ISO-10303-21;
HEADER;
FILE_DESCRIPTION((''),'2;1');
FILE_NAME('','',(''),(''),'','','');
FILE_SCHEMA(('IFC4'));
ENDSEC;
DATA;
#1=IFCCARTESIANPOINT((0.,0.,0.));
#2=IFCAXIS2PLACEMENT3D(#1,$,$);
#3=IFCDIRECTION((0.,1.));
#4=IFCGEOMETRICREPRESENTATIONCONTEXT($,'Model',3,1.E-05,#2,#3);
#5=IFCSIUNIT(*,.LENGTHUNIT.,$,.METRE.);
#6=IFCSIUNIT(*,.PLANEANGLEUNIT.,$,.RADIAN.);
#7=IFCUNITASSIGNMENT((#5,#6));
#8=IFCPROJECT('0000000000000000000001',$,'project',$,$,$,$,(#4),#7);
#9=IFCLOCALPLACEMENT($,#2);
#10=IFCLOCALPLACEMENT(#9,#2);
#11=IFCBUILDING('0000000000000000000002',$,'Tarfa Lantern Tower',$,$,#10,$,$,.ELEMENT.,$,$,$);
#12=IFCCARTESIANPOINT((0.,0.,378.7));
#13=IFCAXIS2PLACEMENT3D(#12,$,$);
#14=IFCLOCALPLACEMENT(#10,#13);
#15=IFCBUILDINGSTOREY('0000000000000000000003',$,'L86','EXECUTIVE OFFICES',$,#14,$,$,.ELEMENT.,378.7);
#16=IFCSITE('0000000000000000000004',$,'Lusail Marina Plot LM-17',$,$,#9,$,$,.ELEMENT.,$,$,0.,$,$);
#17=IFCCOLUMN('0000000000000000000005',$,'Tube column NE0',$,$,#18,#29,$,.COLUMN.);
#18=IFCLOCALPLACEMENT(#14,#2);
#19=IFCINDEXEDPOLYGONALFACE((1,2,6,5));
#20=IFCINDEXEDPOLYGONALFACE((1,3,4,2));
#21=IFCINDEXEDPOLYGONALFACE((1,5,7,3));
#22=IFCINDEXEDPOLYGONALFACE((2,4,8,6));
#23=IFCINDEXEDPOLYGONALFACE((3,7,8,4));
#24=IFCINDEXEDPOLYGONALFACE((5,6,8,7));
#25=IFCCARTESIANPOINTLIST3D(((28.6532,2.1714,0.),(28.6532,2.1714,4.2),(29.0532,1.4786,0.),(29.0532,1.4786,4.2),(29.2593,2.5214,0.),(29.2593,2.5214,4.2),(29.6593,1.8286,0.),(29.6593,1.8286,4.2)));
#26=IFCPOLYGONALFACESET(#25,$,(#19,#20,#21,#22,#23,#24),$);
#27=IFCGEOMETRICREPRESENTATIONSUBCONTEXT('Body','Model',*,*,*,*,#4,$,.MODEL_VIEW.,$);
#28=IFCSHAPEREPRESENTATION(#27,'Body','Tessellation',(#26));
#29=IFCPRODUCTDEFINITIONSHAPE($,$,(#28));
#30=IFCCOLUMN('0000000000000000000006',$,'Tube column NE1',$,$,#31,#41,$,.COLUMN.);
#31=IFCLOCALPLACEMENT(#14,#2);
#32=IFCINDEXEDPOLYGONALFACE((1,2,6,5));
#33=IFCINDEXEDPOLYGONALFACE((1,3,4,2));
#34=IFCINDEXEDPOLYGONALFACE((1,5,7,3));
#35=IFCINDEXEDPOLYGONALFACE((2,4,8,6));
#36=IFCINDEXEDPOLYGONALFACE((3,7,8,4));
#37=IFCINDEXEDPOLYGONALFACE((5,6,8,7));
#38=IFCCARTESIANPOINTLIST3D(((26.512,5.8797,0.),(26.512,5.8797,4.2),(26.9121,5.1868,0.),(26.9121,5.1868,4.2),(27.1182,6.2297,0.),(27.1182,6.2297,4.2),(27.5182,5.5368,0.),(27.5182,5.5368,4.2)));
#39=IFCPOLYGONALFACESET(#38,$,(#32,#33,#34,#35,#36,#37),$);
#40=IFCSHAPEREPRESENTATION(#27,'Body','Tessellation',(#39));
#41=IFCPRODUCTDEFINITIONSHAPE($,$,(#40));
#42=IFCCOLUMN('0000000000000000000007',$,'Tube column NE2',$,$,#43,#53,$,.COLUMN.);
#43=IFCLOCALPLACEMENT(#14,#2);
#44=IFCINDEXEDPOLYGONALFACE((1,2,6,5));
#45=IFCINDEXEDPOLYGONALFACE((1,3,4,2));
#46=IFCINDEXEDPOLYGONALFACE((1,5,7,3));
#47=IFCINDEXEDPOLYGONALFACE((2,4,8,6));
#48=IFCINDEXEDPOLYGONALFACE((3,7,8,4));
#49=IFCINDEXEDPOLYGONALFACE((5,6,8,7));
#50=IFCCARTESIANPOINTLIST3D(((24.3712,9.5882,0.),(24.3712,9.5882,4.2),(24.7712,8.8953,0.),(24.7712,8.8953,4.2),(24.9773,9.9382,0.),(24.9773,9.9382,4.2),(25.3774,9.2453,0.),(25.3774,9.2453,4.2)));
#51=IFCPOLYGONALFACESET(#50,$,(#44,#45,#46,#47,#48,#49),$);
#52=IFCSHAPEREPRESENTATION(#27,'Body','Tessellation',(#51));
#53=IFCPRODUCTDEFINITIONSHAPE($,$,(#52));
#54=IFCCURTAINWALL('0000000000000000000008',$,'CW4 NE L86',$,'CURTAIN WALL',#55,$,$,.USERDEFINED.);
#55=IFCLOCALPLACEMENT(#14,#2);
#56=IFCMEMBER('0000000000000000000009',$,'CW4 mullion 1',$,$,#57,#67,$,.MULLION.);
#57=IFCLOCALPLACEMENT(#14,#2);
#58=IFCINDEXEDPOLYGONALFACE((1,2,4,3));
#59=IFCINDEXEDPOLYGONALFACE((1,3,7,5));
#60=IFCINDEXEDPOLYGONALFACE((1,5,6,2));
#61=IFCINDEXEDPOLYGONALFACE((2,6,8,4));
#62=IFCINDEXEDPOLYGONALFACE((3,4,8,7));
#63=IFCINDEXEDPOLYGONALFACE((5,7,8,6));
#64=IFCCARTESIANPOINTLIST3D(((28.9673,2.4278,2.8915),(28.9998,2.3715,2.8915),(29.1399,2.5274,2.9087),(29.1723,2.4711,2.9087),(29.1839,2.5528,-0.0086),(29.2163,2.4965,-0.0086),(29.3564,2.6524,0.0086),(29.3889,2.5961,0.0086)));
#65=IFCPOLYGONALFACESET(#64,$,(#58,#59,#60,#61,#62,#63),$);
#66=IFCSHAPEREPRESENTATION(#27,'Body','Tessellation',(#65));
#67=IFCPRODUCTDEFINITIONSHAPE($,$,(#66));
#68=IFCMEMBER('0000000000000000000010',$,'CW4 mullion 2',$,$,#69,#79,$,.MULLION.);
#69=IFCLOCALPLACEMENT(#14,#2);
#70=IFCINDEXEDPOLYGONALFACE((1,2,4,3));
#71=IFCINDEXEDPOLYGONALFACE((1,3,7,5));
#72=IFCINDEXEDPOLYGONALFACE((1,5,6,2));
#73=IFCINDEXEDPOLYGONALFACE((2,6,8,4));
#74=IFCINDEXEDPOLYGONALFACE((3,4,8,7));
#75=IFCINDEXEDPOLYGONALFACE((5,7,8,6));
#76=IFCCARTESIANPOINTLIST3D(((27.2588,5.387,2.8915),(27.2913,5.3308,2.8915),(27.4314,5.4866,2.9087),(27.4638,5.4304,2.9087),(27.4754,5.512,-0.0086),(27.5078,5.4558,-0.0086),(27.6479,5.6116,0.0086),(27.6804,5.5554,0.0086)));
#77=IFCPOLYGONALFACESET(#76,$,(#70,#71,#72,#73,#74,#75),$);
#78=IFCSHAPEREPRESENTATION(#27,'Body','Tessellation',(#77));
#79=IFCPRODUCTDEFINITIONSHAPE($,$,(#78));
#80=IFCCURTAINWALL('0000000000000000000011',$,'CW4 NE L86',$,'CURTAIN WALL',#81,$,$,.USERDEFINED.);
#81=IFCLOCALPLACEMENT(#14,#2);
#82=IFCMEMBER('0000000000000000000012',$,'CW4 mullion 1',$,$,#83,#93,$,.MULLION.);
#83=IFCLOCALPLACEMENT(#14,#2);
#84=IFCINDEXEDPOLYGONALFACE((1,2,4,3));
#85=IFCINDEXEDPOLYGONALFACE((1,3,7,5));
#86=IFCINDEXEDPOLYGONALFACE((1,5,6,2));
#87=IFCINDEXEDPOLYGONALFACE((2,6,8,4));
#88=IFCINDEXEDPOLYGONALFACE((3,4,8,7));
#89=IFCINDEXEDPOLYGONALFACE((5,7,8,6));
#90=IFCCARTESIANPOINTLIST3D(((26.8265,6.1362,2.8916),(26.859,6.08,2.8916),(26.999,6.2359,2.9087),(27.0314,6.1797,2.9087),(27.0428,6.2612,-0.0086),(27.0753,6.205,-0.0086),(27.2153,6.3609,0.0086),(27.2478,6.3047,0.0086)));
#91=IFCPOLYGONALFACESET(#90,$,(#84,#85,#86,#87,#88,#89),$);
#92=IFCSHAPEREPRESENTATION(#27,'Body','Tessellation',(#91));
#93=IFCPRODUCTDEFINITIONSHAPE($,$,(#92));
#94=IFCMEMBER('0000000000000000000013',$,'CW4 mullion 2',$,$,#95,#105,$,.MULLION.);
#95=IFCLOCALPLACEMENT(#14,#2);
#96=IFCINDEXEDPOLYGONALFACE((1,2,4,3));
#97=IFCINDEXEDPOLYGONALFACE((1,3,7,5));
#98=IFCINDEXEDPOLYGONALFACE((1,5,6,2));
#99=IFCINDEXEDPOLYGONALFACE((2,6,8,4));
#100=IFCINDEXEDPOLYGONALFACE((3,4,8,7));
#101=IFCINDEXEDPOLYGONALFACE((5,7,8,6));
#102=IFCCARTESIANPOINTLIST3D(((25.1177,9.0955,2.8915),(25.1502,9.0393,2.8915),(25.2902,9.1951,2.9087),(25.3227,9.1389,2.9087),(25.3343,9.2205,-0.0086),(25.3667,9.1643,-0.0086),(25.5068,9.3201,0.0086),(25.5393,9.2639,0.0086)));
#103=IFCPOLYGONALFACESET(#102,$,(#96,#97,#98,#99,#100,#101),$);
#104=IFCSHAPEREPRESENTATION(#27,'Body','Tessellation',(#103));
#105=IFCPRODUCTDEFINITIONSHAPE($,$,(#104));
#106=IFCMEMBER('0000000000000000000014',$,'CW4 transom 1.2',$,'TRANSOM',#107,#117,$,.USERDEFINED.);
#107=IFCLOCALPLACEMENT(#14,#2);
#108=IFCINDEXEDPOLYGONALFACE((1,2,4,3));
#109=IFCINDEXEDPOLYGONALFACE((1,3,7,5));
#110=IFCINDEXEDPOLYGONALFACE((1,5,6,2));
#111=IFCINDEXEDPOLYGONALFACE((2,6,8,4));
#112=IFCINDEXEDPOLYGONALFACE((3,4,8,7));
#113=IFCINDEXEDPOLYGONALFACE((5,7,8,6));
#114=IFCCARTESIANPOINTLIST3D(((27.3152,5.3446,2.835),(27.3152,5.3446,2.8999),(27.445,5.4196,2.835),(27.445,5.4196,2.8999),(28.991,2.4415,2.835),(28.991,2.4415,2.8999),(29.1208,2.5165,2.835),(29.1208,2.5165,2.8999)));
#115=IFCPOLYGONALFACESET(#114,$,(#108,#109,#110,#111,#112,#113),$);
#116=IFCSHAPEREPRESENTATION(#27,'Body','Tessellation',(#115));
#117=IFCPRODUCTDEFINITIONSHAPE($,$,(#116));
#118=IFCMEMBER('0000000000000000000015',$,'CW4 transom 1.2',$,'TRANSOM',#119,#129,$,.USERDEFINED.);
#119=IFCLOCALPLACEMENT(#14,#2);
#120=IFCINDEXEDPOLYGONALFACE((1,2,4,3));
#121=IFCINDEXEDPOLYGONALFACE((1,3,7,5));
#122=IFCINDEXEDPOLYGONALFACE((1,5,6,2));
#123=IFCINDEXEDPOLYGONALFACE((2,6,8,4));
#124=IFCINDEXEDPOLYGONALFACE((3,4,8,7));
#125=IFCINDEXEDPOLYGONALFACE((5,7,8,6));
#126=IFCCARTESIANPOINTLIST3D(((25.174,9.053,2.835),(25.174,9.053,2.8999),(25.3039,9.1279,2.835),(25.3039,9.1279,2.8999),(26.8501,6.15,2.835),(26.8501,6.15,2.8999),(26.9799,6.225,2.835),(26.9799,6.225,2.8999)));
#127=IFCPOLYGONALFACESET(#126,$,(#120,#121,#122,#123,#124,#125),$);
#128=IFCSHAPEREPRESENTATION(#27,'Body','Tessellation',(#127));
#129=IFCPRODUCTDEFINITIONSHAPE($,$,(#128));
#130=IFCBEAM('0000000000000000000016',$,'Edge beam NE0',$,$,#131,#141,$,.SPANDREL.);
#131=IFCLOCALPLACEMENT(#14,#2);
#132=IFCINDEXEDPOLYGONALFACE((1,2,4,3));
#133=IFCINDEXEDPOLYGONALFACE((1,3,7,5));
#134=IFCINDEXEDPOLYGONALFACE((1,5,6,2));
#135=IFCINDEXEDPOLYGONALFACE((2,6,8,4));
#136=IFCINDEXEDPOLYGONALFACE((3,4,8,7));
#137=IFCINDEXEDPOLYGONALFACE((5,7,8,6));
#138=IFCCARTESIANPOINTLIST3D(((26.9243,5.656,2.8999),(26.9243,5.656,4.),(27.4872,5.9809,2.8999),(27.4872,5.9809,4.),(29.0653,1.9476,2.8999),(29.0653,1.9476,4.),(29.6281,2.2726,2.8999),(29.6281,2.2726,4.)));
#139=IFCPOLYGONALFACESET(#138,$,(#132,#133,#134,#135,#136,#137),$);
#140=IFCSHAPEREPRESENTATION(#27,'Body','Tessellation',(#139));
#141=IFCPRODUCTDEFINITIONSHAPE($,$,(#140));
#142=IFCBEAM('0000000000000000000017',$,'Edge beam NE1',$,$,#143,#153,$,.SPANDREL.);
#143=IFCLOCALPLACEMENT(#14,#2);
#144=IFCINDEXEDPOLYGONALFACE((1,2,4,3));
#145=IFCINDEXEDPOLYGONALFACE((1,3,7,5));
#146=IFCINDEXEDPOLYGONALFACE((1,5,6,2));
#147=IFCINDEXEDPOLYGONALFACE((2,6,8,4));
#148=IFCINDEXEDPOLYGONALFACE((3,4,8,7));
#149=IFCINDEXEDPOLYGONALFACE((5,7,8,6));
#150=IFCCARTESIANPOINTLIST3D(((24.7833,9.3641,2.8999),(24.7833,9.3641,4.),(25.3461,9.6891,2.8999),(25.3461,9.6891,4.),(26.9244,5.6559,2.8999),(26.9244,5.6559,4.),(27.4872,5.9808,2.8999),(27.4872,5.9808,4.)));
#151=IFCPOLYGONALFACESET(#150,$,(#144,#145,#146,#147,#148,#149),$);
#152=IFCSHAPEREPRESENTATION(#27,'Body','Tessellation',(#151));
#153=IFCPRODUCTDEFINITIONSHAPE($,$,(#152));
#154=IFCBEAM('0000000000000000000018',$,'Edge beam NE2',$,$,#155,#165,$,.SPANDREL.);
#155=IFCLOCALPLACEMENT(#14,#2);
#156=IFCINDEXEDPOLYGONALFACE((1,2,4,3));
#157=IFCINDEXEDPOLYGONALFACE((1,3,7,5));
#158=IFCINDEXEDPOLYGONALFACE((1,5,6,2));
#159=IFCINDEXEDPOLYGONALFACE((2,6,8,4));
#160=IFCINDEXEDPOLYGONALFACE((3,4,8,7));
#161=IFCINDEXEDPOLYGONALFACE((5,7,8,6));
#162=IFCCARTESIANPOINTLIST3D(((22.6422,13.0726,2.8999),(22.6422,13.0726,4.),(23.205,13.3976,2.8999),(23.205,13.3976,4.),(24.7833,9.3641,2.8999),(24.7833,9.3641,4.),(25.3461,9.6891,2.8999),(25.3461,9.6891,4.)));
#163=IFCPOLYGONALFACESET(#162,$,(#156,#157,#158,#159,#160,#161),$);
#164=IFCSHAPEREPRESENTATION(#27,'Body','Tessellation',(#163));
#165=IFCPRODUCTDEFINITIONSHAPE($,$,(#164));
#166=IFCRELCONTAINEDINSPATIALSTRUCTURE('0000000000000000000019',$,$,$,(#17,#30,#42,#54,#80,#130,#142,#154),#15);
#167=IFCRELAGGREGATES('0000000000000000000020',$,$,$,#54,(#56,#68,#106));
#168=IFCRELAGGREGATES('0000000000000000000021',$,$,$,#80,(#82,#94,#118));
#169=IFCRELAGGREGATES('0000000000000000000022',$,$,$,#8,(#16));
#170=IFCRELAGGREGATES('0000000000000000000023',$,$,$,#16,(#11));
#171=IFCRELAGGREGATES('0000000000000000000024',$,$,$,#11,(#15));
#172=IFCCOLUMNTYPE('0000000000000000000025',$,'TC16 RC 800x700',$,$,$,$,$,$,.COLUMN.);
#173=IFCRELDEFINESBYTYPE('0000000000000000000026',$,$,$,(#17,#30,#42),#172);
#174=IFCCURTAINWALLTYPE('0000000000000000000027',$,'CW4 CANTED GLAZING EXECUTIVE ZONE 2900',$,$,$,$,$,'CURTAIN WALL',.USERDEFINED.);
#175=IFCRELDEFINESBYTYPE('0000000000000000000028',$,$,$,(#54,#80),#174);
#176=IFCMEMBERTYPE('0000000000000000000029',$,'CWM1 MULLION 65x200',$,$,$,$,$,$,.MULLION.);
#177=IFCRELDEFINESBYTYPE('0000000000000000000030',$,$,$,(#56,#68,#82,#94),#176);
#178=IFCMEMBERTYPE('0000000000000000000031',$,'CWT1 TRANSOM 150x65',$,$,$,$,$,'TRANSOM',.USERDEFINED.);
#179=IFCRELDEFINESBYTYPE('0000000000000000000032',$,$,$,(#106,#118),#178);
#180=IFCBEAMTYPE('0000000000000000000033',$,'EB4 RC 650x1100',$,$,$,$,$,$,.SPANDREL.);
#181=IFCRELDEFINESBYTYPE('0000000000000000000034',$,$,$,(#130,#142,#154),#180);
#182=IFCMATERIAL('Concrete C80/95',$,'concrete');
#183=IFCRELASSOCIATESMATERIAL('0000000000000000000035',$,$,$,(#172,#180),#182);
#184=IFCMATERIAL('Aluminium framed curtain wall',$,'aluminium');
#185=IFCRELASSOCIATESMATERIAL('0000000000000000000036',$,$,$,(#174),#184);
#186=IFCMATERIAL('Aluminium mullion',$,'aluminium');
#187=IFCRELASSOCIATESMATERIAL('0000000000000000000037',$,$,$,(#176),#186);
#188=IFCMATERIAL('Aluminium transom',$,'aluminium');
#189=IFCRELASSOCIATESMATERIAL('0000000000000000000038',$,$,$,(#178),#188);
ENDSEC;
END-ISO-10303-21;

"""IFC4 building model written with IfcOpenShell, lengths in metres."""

from ifc_helpers import new_model, si_unit, direction, frame, origin, origin_2d, place, context, subcontext, project, spatial, rectangle, extrude, material, material_profile, profile_set, type_object, element, aggregate, save


model = new_model("IFC4")

# Units and contexts
model_context = context("Model", 3, precision=1e-05, world=origin(), true_north=direction((0.0, 1.0)))
body_context = subcontext(model_context, "Body", "Model", "MODEL_VIEW")
ifc_project = project(units=[si_unit("LENGTHUNIT", "METRE"), si_unit("PLANEANGLEUNIT", "RADIAN")], contexts=[model_context])

# Site, building, storey
site_placement = place(None, origin())
site = spatial("IfcSite", under=ifc_project, at=site_placement, Name="Lusail Marina Plot LM-17", CompositionType="ELEMENT", RefElevation=0.0)
building_placement = place(site_placement, origin())
building = spatial("IfcBuilding", under=site, at=building_placement, Name="Tarfa Lantern Tower", CompositionType="ELEMENT")
storey_placement = place(building_placement, frame((0.0, 0.0, 378.7)))
storey = spatial("IfcBuildingStorey", under=building, at=storey_placement, Name="L86", Description="EXECUTIVE OFFICES", CompositionType="ELEMENT", Elevation=378.7)

# Columns
ifc_material_1 = material(Name="Concrete C80/95", Category="concrete")
ifc_material_profile_1 = material_profile(ifc_material_1, rectangle(XDim=0.8, YDim=0.7, at=origin_2d()), Name="RC 800x700")
ifc_profile_set_1 = profile_set([ifc_material_profile_1], Name="Concrete C80/95")
column_type = type_object("IfcColumnType", Name="TC16 RC 800x700", PredefinedType="COLUMN", material=ifc_profile_set_1)
for number, where, z_axis, x_axis, name in (
    (1, (29.1562, 2.0, 0.0), (0.0, 0.0, 1.0), (-0.5, 0.866025, 0.0), "Tube column NE0"),
    (2, (27.0151, 5.7083, 0.0), (0.0, 0.0, 1.0), (-0.5, 0.866025, 0.0), "Tube column NE1"),
    (3, (24.8743, 9.4167, 0.0), (0.0, 0.0, 1.0), (-0.5, 0.866025, 0.0), "Tube column NE2"),
):
    element("IfcColumn", number, at=place(storey_placement, frame(where, z_axis=z_axis, x_axis=x_axis)), inside=storey, type_object=column_type, Name=name, PredefinedType="COLUMN", context=body_context, shape_type="SweptSolid", body=[
        extrude(rectangle(XDim=0.8, YDim=0.7, at=origin_2d()), origin(), (0.0, 0.0, 1.0), 4.2),
    ])

# Curtain walls, members
ifc_material_2 = material(Name="Aluminium framed curtain wall", Category="aluminium")
curtain_wall_type = type_object("IfcCurtainWallType", Name="CW4 CANTED GLAZING EXECUTIVE ZONE 2900", ElementType="CURTAIN WALL", PredefinedType="USERDEFINED", material=ifc_material_2)
curtain_wall_1_placement = place(storey_placement, origin())
curtain_wall_1 = element("IfcCurtainWall", 4, at=curtain_wall_1_placement, inside=storey, type_object=curtain_wall_type, Name="CW4 NE L86", ObjectType="CURTAIN WALL", PredefinedType="USERDEFINED")
ifc_material_3 = material(Name="Aluminium mullion", Category="aluminium")
ifc_material_profile_2 = material_profile(ifc_material_3, rectangle(XDim=0.0649, YDim=0.2, at=origin_2d()), Name="AL MULLION 65x200")
ifc_profile_set_2 = profile_set([ifc_material_profile_2], Name="Aluminium mullion")
member_type_1 = type_object("IfcMemberType", Name="CWM1 MULLION 65x200", PredefinedType="MULLION", material=ifc_profile_set_2)
member_1_placement = place(storey_placement, frame((29.2864, 2.5745, 0.0), z_axis=(-0.074394, -0.042942, 0.996304), x_axis=(0.49992, -0.866072, 0.0)))
member_1 = element("IfcMember", 5, at=member_1_placement, type_object=member_type_1, Name="CW4 mullion 1", PredefinedType="MULLION", context=body_context, shape_type="SweptSolid", body=[
    extrude(rectangle(XDim=0.0649, YDim=0.2, at=origin_2d()), origin(), (0.0, 0.0, 1.0), 2.9109),
])
member_2_placement = place(storey_placement, frame((27.5779, 5.5337, 0.0), z_axis=(-0.074394, -0.042942, 0.996304), x_axis=(0.49992, -0.866072, 0.0)))
member_2 = element("IfcMember", 6, at=member_2_placement, type_object=member_type_1, Name="CW4 mullion 2", PredefinedType="MULLION", context=body_context, shape_type="SweptSolid", body=[
    extrude(rectangle(XDim=0.0649, YDim=0.2, at=origin_2d()), origin(), (0.0, 0.0, 1.0), 2.9109),
])
curtain_wall_2_placement = place(storey_placement, origin())
curtain_wall_2 = element("IfcCurtainWall", 7, at=curtain_wall_2_placement, inside=storey, type_object=curtain_wall_type, Name="CW4 NE L86", ObjectType="CURTAIN WALL", PredefinedType="USERDEFINED")
member_3_placement = place(storey_placement, frame((27.1453, 6.283, 0.0), z_axis=(-0.07431, -0.042942, 0.99631), x_axis=(0.500343, -0.865827, 0.0)))
member_3 = element("IfcMember", 8, at=member_3_placement, type_object=member_type_1, Name="CW4 mullion 1", PredefinedType="MULLION", context=body_context, shape_type="SweptSolid", body=[
    extrude(rectangle(XDim=0.0649, YDim=0.2, at=origin_2d()), origin(), (0.0, 0.0, 1.0), 2.9109),
])
member_4_placement = place(storey_placement, frame((25.4368, 9.2422, 0.0), z_axis=(-0.074394, -0.042942, 0.996304), x_axis=(0.49992, -0.866072, 0.0)))
member_4 = element("IfcMember", 9, at=member_4_placement, type_object=member_type_1, Name="CW4 mullion 2", PredefinedType="MULLION", context=body_context, shape_type="SweptSolid", body=[
    extrude(rectangle(XDim=0.0649, YDim=0.2, at=origin_2d()), origin(), (0.0, 0.0, 1.0), 2.9109),
])

# Members
ifc_material_4 = material(Name="Aluminium transom", Category="aluminium")
ifc_material_profile_3 = material_profile(ifc_material_4, rectangle(XDim=0.1499, YDim=0.0649, at=origin_2d()), Name="AL TRANSOM 150x65")
ifc_profile_set_3 = profile_set([ifc_material_profile_3], Name="Aluminium transom")
member_type_2 = type_object("IfcMemberType", Name="CWT1 TRANSOM 150x65", ElementType="TRANSOM", PredefinedType="USERDEFINED", material=ifc_profile_set_3)
member_5_placement = place(storey_placement, frame((29.0559, 2.479, 2.8674), z_axis=(-0.499931, 0.866066, 0.0), x_axis=(-0.866066, -0.499931, 0.0)))
member_5 = element("IfcMember", 10, at=member_5_placement, type_object=member_type_2, Name="CW4 transom 1.2", ObjectType="TRANSOM", PredefinedType="USERDEFINED", context=body_context, shape_type="SweptSolid", body=[
    extrude(rectangle(XDim=0.1499, YDim=0.0649, at=origin_2d()), origin(), (0.0, 0.0, 1.0), 3.3521),
])
member_6_placement = place(storey_placement, frame((26.915, 6.1875, 2.8674), z_axis=(-0.500017, 0.866016, 0.0), x_axis=(-0.866016, -0.500017, 0.0)))
member_6 = element("IfcMember", 11, at=member_6_placement, type_object=member_type_2, Name="CW4 transom 1.2", ObjectType="TRANSOM", PredefinedType="USERDEFINED", context=body_context, shape_type="SweptSolid", body=[
    extrude(rectangle(XDim=0.1499, YDim=0.0649, at=origin_2d()), origin(), (0.0, 0.0, 1.0), 3.3521),
])

# Beams
ifc_material_profile_4 = material_profile(ifc_material_1, rectangle(XDim=0.6499, YDim=1.1001, at=origin_2d()), Name="RC 650x1100")
ifc_profile_set_4 = profile_set([ifc_material_profile_4], Name="Concrete C80/95")
beam_type_1 = type_object("IfcBeamType", Name="EB4 RC 650x1100", PredefinedType="SPANDREL", material=ifc_profile_set_4)
for number, where, z_axis, x_axis, name in (
    (12, (29.3467, 2.1101, 3.45), (-0.499984, 0.866035, 0.0), (-0.866035, -0.499984, 0.0), "Edge beam NE0"),
    (13, (27.2058, 5.8184, 3.45), (-0.500027, 0.86601, 0.0), (-0.86601, -0.500027, 0.0), "Edge beam NE1"),
):
    element("IfcBeam", number, at=place(storey_placement, frame(where, z_axis=z_axis, x_axis=x_axis)), inside=storey, type_object=beam_type_1, Name=name, PredefinedType="SPANDREL", context=body_context, shape_type="SweptSolid", body=[
        extrude(rectangle(XDim=0.6499, YDim=1.1001, at=origin_2d()), origin(), (0.0, 0.0, 1.0), 4.282),
    ])
beam_1_placement = place(storey_placement, frame((25.0647, 9.5266, 3.45), z_axis=(-0.500002, 0.866024, 0.0), x_axis=(-0.866024, -0.500002, 0.0)))
element("IfcBeam", 14, at=beam_1_placement, inside=storey, type_object=beam_type_1, Name="Edge beam NE2", PredefinedType="SPANDREL", context=body_context, shape_type="SweptSolid", body=[
    extrude(rectangle(XDim=0.6499, YDim=1.1001, at=origin_2d()), origin(), (0.0, 0.0, 1.0), 4.2822),
])

aggregate(curtain_wall_1, [member_1, member_2, member_5])
aggregate(curtain_wall_2, [member_3, member_4, member_6])

save(model, "model.ifc")
